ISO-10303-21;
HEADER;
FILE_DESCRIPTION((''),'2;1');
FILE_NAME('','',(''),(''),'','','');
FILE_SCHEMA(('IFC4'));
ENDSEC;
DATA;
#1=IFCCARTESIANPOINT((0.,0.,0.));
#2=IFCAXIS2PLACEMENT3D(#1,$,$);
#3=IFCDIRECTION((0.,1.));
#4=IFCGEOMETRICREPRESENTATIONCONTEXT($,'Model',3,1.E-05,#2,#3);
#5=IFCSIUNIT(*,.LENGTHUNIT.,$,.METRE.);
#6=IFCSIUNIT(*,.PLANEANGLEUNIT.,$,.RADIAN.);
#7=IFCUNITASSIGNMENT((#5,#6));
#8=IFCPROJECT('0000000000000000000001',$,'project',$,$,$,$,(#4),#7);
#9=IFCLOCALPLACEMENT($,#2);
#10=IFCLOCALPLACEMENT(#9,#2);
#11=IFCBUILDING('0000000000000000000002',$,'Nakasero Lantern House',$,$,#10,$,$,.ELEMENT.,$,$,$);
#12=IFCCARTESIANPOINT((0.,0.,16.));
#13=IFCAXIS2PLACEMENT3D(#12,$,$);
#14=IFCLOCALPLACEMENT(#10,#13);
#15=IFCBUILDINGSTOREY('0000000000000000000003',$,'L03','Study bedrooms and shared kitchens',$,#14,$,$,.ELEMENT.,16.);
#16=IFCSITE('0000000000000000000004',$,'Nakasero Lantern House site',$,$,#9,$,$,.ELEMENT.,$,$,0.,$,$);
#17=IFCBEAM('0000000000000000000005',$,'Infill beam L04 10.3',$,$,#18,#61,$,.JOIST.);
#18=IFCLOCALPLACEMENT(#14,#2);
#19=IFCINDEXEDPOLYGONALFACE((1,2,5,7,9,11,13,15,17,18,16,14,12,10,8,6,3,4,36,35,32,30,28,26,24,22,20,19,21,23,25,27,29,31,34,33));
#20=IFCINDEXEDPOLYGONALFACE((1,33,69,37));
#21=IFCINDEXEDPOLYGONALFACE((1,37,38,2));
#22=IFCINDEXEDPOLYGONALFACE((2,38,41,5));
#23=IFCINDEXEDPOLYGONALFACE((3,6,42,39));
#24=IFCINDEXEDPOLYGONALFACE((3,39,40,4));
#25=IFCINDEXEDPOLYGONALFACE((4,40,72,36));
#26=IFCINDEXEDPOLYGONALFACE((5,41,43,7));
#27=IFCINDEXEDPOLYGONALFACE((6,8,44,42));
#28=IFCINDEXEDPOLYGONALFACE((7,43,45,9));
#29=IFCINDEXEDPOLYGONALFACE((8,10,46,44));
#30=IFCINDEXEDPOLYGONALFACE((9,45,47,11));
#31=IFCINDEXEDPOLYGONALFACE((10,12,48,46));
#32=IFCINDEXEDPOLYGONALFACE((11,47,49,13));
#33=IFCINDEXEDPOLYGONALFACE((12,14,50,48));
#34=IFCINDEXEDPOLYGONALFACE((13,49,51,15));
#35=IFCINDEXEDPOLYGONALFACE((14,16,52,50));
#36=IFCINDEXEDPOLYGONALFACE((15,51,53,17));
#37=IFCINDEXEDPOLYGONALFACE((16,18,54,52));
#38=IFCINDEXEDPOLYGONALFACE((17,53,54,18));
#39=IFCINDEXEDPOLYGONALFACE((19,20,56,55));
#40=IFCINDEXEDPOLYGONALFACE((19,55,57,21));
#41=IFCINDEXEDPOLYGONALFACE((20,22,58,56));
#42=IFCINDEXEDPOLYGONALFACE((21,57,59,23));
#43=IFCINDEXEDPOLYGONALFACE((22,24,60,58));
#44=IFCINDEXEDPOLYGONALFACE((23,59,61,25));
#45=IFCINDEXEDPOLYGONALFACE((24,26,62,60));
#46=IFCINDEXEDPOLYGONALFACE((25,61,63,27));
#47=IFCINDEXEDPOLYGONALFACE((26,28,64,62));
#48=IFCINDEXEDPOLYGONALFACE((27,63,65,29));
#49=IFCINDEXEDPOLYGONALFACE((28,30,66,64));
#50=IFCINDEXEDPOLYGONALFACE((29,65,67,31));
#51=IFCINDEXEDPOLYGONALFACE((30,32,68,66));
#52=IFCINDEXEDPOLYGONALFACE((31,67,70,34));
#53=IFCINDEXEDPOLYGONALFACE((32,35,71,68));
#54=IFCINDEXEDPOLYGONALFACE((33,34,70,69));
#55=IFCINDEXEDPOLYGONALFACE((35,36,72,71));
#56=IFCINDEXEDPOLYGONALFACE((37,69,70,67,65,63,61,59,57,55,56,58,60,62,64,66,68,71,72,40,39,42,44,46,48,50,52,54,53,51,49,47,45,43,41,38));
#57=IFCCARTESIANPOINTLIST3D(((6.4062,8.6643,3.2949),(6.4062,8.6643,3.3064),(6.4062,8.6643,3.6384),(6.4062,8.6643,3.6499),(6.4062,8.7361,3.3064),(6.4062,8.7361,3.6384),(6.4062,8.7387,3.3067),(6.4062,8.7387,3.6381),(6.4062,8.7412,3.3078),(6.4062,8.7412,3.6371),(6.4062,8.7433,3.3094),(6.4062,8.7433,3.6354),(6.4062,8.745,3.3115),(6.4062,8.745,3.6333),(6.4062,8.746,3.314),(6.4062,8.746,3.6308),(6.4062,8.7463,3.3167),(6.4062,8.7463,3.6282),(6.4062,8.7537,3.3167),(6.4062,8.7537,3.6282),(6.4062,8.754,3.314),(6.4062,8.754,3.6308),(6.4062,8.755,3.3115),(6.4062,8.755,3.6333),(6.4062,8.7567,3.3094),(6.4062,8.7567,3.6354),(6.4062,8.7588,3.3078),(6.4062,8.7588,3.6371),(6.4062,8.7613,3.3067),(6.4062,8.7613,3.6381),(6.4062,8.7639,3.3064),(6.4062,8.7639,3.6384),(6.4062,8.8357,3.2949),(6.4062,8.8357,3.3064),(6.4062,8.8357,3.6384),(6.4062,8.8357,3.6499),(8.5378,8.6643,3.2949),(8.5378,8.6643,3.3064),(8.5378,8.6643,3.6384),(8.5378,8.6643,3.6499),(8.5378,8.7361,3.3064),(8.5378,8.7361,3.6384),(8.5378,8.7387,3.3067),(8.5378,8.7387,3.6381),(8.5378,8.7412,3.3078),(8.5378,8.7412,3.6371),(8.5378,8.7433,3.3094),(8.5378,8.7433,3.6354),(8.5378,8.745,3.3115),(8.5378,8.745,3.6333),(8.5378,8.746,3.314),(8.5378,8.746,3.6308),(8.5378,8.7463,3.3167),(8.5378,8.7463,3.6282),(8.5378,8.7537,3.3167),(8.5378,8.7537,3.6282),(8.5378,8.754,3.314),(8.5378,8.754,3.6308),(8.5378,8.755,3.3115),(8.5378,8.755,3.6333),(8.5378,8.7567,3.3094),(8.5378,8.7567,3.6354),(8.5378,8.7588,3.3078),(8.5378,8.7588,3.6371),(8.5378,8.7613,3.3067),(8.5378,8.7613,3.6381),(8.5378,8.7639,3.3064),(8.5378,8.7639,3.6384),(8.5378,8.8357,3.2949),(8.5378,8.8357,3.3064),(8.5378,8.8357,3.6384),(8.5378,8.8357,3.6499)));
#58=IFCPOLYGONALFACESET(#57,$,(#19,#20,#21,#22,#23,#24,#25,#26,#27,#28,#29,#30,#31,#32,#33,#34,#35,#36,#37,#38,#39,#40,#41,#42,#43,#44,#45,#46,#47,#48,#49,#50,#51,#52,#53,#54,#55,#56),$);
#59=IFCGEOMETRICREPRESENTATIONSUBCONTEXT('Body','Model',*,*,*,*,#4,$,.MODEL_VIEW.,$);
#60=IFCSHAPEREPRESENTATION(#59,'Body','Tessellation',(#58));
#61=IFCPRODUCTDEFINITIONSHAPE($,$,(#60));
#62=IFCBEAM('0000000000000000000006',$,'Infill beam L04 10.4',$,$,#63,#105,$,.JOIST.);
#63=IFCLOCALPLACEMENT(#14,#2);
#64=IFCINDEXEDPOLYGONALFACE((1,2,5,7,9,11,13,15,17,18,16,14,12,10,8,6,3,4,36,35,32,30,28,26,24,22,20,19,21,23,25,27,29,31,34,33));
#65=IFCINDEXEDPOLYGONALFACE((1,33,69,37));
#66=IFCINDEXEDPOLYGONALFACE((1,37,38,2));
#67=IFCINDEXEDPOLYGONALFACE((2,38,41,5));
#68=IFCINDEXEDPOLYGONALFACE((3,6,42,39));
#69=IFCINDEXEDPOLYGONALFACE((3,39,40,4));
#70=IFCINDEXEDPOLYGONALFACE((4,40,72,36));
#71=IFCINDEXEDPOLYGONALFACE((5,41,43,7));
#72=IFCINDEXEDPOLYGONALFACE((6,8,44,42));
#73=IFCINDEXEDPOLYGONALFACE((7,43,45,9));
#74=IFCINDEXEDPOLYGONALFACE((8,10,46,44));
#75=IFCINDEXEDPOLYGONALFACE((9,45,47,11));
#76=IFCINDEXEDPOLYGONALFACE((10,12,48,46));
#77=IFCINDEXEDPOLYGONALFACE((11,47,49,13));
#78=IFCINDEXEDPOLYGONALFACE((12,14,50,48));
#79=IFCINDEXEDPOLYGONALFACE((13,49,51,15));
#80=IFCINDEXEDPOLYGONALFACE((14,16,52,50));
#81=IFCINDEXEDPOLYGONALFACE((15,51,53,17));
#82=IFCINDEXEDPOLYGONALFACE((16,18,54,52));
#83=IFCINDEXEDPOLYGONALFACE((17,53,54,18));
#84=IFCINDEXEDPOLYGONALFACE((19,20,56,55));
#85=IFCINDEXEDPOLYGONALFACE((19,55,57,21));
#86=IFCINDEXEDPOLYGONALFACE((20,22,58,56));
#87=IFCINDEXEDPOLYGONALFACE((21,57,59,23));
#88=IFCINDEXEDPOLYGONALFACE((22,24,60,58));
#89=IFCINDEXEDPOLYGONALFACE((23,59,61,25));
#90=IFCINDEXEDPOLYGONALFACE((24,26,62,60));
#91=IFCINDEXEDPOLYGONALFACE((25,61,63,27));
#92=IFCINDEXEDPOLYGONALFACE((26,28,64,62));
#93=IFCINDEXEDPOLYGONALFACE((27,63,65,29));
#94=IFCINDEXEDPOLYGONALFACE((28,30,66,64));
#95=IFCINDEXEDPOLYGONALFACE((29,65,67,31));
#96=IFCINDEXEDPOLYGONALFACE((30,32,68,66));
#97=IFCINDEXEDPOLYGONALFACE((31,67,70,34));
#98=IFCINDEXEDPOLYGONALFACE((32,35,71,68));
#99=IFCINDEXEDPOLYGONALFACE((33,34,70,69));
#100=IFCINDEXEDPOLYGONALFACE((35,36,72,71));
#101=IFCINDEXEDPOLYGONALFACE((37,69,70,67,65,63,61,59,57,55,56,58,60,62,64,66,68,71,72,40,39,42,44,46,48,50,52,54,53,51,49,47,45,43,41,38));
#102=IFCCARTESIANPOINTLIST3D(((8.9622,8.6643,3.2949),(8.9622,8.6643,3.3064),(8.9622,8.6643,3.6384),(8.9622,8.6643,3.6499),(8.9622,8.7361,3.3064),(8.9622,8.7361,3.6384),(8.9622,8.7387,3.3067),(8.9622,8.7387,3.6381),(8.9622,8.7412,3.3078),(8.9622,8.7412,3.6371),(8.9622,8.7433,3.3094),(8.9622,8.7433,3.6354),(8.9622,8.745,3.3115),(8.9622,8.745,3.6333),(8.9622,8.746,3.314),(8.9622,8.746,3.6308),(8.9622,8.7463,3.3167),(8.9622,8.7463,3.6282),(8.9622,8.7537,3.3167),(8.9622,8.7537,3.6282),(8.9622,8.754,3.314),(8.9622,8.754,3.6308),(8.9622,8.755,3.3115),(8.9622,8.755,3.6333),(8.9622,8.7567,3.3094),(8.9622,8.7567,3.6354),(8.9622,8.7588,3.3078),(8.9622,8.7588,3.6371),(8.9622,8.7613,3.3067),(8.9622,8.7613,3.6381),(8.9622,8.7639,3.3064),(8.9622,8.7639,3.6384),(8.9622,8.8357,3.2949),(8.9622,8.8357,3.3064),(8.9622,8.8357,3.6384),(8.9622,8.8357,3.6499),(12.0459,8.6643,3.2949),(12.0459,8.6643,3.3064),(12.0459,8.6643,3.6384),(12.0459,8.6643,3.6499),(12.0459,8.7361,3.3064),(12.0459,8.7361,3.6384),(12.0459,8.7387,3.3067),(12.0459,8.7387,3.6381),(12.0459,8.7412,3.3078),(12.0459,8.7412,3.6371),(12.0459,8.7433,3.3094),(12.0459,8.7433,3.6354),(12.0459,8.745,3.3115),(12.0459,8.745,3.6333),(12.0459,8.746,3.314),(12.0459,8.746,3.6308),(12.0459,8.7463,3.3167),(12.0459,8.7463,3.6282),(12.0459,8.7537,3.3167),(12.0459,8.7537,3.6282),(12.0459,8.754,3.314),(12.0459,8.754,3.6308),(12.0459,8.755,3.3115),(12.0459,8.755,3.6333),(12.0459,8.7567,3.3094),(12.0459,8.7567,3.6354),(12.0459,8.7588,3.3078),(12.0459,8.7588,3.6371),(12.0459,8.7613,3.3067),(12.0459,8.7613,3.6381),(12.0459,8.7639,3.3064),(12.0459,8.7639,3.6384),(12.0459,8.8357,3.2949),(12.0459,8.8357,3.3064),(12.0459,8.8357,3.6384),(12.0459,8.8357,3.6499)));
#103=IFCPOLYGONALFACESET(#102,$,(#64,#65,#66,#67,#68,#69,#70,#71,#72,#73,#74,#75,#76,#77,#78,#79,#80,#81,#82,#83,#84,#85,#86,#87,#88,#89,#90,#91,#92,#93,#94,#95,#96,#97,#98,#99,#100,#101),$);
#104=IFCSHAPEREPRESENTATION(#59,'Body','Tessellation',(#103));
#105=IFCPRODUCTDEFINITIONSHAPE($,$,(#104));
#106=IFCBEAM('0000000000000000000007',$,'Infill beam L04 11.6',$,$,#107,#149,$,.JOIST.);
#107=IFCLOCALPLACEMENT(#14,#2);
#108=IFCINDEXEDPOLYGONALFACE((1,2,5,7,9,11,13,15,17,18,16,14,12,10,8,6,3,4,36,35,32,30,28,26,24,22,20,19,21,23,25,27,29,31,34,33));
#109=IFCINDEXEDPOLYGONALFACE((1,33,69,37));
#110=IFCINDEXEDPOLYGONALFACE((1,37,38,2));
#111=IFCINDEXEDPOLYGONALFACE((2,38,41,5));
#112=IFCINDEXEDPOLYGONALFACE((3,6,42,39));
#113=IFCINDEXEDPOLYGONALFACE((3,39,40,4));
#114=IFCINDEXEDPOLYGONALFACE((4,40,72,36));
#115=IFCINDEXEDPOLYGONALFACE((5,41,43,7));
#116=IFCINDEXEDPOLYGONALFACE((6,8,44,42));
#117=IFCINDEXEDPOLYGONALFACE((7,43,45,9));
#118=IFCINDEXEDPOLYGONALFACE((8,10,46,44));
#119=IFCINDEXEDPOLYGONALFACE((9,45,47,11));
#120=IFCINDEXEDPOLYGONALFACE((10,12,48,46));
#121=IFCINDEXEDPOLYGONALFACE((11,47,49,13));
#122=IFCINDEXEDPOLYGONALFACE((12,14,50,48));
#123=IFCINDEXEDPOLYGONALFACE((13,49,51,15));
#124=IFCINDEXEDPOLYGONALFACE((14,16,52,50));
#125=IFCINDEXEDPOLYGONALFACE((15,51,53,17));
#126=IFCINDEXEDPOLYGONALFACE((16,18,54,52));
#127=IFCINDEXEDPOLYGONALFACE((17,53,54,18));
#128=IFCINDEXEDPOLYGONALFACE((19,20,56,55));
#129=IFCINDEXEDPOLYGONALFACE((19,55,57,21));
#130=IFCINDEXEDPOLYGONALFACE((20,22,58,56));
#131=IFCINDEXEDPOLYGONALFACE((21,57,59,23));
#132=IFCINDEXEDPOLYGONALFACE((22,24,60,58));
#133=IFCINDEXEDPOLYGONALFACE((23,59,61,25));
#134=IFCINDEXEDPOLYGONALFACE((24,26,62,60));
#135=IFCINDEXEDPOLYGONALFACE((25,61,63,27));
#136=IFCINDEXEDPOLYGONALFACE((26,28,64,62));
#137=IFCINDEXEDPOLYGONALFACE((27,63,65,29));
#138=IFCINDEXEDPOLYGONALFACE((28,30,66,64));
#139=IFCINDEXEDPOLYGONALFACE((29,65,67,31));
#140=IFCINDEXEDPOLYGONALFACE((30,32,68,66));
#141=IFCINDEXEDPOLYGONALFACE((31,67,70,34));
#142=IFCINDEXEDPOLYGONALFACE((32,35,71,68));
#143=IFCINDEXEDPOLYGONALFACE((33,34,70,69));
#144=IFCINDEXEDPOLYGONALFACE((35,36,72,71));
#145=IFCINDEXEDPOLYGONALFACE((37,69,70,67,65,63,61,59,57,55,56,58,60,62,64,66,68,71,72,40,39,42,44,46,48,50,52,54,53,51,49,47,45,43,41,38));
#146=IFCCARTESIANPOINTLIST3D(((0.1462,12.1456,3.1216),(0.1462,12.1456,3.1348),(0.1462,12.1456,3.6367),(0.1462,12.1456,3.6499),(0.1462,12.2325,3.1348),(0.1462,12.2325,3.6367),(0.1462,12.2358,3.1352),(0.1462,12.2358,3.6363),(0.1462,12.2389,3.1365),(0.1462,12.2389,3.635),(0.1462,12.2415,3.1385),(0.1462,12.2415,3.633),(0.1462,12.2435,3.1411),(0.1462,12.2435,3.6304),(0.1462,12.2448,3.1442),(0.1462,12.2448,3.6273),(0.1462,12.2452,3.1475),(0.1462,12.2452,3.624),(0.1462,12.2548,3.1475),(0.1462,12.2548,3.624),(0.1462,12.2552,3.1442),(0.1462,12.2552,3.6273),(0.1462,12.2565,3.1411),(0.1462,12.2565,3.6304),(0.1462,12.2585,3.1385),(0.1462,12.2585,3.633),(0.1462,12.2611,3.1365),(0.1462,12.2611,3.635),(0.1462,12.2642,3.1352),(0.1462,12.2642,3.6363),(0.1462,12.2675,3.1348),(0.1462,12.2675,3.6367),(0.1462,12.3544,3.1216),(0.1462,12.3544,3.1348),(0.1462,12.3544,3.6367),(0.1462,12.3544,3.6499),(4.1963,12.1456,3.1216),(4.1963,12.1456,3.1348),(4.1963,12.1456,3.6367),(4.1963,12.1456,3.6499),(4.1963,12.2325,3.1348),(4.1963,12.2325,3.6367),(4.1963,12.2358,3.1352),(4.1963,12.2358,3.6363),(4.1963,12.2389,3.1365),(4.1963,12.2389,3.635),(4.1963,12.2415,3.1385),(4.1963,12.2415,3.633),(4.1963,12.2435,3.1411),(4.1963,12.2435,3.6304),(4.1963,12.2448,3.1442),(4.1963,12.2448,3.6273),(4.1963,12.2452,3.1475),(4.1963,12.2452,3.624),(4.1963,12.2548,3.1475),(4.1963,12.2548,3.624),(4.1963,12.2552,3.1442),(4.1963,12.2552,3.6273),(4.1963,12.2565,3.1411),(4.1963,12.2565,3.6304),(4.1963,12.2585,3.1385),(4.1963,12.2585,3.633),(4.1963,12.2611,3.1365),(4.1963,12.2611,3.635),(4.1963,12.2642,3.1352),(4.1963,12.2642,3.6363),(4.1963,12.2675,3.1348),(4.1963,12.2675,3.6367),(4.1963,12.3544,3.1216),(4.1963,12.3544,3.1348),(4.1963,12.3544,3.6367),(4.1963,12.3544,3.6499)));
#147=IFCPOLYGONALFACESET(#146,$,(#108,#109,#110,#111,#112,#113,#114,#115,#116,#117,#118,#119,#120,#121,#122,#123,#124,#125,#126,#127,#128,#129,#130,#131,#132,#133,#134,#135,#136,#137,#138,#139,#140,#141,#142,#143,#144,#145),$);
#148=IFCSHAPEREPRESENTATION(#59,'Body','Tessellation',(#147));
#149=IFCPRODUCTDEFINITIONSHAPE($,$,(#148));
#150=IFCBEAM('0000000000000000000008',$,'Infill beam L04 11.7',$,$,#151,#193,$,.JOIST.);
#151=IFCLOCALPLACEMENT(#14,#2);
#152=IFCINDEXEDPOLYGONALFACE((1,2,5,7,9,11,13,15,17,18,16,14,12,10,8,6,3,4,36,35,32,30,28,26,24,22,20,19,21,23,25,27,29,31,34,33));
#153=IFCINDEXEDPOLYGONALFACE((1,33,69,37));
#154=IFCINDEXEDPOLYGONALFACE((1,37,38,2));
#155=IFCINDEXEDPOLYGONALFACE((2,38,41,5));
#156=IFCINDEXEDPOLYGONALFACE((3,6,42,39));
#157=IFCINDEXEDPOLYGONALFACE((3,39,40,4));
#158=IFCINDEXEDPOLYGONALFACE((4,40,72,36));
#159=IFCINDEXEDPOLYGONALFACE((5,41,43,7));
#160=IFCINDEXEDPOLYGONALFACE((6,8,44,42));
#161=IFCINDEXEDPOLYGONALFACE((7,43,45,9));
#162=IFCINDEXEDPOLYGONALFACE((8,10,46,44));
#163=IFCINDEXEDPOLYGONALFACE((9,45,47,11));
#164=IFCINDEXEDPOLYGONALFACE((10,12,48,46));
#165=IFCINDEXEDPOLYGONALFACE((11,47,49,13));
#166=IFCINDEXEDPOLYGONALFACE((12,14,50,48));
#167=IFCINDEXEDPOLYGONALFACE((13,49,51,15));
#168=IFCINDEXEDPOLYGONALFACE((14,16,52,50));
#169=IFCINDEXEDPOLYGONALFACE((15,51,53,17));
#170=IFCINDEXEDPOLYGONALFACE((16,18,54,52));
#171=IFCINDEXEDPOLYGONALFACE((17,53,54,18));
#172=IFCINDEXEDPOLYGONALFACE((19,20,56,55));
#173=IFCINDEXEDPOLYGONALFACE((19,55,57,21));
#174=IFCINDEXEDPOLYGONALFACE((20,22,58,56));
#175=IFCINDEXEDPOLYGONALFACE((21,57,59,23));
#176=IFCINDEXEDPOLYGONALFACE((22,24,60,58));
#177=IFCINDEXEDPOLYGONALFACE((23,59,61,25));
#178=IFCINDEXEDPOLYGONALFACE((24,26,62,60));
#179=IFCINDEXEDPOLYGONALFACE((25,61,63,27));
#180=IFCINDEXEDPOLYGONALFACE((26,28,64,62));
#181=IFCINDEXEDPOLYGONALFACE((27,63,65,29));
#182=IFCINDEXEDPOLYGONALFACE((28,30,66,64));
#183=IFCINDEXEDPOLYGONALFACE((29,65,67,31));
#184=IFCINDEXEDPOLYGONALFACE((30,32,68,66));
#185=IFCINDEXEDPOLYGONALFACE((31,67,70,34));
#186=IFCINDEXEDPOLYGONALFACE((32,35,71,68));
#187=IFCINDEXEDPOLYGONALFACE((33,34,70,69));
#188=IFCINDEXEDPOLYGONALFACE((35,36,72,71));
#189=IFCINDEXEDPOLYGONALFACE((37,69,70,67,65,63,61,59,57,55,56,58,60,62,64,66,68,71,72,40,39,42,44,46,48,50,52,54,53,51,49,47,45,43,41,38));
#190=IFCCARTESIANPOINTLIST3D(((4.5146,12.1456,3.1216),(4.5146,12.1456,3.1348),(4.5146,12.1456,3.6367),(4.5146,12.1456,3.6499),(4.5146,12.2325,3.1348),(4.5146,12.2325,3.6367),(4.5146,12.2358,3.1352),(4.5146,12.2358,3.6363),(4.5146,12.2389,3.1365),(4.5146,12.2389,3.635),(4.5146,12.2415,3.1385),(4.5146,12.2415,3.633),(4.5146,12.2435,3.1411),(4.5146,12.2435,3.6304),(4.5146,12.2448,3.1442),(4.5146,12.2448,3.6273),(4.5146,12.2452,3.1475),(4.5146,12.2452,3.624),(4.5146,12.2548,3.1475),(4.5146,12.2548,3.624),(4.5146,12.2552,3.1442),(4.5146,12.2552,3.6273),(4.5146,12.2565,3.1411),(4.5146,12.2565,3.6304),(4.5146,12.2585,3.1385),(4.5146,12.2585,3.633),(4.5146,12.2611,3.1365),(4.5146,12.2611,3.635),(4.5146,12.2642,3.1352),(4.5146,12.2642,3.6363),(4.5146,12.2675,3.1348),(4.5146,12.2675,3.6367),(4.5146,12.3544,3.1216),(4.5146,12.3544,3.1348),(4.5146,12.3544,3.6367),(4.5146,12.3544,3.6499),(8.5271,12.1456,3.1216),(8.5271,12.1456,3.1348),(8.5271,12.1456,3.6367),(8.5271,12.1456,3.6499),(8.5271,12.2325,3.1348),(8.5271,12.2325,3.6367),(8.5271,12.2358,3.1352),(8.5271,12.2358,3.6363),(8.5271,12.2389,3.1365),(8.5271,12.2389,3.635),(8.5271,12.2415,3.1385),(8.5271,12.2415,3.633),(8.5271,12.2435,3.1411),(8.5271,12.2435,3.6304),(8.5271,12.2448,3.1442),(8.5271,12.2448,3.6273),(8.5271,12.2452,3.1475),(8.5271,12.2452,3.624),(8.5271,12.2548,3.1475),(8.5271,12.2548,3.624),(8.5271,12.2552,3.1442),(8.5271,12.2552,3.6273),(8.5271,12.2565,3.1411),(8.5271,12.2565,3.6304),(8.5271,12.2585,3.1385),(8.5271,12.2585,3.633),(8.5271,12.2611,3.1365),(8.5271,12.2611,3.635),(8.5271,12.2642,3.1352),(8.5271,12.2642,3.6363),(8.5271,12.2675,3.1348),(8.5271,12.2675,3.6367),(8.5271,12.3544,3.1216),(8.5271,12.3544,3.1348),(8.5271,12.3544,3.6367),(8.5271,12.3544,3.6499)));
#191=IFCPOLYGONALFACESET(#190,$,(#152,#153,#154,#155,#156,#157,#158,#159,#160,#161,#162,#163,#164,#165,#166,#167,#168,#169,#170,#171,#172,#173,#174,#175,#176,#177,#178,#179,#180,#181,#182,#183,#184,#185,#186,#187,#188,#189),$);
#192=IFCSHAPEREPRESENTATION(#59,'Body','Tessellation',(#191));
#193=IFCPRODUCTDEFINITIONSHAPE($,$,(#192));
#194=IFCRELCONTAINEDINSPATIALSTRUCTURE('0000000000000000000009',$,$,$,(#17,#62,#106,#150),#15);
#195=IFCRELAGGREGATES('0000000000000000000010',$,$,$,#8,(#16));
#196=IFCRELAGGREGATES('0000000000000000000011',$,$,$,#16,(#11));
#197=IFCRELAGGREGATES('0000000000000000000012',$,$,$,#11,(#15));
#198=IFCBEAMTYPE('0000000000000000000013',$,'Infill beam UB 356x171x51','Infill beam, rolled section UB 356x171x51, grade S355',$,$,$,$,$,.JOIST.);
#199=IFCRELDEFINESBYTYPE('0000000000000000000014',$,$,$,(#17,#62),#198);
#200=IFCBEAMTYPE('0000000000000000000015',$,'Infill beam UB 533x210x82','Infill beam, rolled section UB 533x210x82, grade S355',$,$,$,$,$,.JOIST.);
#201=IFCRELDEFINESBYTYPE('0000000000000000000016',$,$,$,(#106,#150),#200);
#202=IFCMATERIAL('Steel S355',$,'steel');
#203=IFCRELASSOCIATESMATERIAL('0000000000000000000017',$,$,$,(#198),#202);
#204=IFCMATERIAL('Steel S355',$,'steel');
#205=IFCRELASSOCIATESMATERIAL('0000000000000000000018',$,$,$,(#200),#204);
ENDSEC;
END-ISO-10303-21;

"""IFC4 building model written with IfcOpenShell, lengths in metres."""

from ifc_helpers import new_model, si_unit, direction, frame, origin, origin_2d, place, context, subcontext, project, spatial, i_section, extrude, material, material_profile, profile_set, type_object, element, save


model = new_model("IFC4")

# Units and contexts
model_context = context("Model", 3, precision=1e-05, world=origin(), true_north=direction((0.0, 1.0)))
body_context = subcontext(model_context, "Body", "Model", "MODEL_VIEW")
ifc_project = project(units=[si_unit("LENGTHUNIT", "METRE"), si_unit("PLANEANGLEUNIT", "RADIAN")], contexts=[model_context])

# Site, building, storey
site_placement = place(None, origin())
site = spatial("IfcSite", under=ifc_project, at=site_placement, Name="Nakasero Lantern House site", CompositionType="ELEMENT", RefElevation=0.0)
building_placement = place(site_placement, origin())
building = spatial("IfcBuilding", under=site, at=building_placement, Name="Nakasero Lantern House", CompositionType="ELEMENT")
storey_placement = place(building_placement, frame((0.0, 0.0, 16.0)))
storey = spatial("IfcBuildingStorey", under=building, at=storey_placement, Name="L03", Description="Study bedrooms and shared kitchens", CompositionType="ELEMENT", Elevation=16.0)

# Beams
ifc_material_1 = material(Name="Steel S355", Category="steel")
ifc_material_profile_1 = material_profile(ifc_material_1, i_section(OverallWidth=0.1714, OverallDepth=0.355, WebThickness=0.0073, FlangeThickness=0.0115, FilletRadius=0.0103, at=origin_2d()), Name="UB 356x171x51")
ifc_profile_set_1 = profile_set([ifc_material_profile_1], Name="Steel S355")
beam_type_1 = type_object("IfcBeamType", Name="Infill beam UB 356x171x51", Description="Infill beam, rolled section UB 356x171x51, grade S355", PredefinedType="JOIST", material=ifc_profile_set_1)
beam_1_placement = place(storey_placement, frame((6.4062, 8.75, 3.4724), z_axis=(1.0, 0.0, 0.0), x_axis=(0.0, 1.0, 0.0)))
element("IfcBeam", 1, at=beam_1_placement, inside=storey, type_object=beam_type_1, Name="Infill beam L04 10.3", PredefinedType="JOIST", context=body_context, shape_type="SweptSolid", body=[
    extrude(i_section(OverallWidth=0.1714, OverallDepth=0.355, WebThickness=0.0073, FlangeThickness=0.0115, FilletRadius=0.0103, at=origin_2d()), origin(), (0.0, 0.0, 1.0), 2.1316),
])
beam_2_placement = place(storey_placement, frame((8.9622, 8.75, 3.4724), z_axis=(1.0, 0.0, 0.0), x_axis=(0.0, 1.0, 0.0)))
element("IfcBeam", 2, at=beam_2_placement, inside=storey, type_object=beam_type_1, Name="Infill beam L04 10.4", PredefinedType="JOIST", context=body_context, shape_type="SweptSolid", body=[
    extrude(i_section(OverallWidth=0.1714, OverallDepth=0.355, WebThickness=0.0073, FlangeThickness=0.0115, FilletRadius=0.0103, at=origin_2d()), origin(), (0.0, 0.0, 1.0), 3.0837),
])
ifc_material_2 = material(Name="Steel S355", Category="steel")
ifc_material_profile_2 = material_profile(ifc_material_2, i_section(OverallWidth=0.2087, OverallDepth=0.5283, WebThickness=0.0095, FlangeThickness=0.0132, FilletRadius=0.0127, at=origin_2d()), Name="UB 533x210x82")
ifc_profile_set_2 = profile_set([ifc_material_profile_2], Name="Steel S355")
beam_type_2 = type_object("IfcBeamType", Name="Infill beam UB 533x210x82", Description="Infill beam, rolled section UB 533x210x82, grade S355", PredefinedType="JOIST", material=ifc_profile_set_2)
beam_3_placement = place(storey_placement, frame((0.1462, 12.25, 3.3857), z_axis=(1.0, 0.0, 0.0), x_axis=(0.0, 1.0, 0.0)))
element("IfcBeam", 3, at=beam_3_placement, inside=storey, type_object=beam_type_2, Name="Infill beam L04 11.6", PredefinedType="JOIST", context=body_context, shape_type="SweptSolid", body=[
    extrude(i_section(OverallWidth=0.2087, OverallDepth=0.5283, WebThickness=0.0095, FlangeThickness=0.0132, FilletRadius=0.0127, at=origin_2d()), origin(), (0.0, 0.0, 1.0), 4.05),
])
beam_4_placement = place(storey_placement, frame((4.5146, 12.25, 3.3857), z_axis=(1.0, 0.0, 0.0), x_axis=(0.0, 1.0, 0.0)))
element("IfcBeam", 4, at=beam_4_placement, inside=storey, type_object=beam_type_2, Name="Infill beam L04 11.7", PredefinedType="JOIST", context=body_context, shape_type="SweptSolid", body=[
    extrude(i_section(OverallWidth=0.2087, OverallDepth=0.5283, WebThickness=0.0095, FlangeThickness=0.0132, FilletRadius=0.0127, at=origin_2d()), origin(), (0.0, 0.0, 1.0), 4.0125),
])

save(model, "model.ifc")
